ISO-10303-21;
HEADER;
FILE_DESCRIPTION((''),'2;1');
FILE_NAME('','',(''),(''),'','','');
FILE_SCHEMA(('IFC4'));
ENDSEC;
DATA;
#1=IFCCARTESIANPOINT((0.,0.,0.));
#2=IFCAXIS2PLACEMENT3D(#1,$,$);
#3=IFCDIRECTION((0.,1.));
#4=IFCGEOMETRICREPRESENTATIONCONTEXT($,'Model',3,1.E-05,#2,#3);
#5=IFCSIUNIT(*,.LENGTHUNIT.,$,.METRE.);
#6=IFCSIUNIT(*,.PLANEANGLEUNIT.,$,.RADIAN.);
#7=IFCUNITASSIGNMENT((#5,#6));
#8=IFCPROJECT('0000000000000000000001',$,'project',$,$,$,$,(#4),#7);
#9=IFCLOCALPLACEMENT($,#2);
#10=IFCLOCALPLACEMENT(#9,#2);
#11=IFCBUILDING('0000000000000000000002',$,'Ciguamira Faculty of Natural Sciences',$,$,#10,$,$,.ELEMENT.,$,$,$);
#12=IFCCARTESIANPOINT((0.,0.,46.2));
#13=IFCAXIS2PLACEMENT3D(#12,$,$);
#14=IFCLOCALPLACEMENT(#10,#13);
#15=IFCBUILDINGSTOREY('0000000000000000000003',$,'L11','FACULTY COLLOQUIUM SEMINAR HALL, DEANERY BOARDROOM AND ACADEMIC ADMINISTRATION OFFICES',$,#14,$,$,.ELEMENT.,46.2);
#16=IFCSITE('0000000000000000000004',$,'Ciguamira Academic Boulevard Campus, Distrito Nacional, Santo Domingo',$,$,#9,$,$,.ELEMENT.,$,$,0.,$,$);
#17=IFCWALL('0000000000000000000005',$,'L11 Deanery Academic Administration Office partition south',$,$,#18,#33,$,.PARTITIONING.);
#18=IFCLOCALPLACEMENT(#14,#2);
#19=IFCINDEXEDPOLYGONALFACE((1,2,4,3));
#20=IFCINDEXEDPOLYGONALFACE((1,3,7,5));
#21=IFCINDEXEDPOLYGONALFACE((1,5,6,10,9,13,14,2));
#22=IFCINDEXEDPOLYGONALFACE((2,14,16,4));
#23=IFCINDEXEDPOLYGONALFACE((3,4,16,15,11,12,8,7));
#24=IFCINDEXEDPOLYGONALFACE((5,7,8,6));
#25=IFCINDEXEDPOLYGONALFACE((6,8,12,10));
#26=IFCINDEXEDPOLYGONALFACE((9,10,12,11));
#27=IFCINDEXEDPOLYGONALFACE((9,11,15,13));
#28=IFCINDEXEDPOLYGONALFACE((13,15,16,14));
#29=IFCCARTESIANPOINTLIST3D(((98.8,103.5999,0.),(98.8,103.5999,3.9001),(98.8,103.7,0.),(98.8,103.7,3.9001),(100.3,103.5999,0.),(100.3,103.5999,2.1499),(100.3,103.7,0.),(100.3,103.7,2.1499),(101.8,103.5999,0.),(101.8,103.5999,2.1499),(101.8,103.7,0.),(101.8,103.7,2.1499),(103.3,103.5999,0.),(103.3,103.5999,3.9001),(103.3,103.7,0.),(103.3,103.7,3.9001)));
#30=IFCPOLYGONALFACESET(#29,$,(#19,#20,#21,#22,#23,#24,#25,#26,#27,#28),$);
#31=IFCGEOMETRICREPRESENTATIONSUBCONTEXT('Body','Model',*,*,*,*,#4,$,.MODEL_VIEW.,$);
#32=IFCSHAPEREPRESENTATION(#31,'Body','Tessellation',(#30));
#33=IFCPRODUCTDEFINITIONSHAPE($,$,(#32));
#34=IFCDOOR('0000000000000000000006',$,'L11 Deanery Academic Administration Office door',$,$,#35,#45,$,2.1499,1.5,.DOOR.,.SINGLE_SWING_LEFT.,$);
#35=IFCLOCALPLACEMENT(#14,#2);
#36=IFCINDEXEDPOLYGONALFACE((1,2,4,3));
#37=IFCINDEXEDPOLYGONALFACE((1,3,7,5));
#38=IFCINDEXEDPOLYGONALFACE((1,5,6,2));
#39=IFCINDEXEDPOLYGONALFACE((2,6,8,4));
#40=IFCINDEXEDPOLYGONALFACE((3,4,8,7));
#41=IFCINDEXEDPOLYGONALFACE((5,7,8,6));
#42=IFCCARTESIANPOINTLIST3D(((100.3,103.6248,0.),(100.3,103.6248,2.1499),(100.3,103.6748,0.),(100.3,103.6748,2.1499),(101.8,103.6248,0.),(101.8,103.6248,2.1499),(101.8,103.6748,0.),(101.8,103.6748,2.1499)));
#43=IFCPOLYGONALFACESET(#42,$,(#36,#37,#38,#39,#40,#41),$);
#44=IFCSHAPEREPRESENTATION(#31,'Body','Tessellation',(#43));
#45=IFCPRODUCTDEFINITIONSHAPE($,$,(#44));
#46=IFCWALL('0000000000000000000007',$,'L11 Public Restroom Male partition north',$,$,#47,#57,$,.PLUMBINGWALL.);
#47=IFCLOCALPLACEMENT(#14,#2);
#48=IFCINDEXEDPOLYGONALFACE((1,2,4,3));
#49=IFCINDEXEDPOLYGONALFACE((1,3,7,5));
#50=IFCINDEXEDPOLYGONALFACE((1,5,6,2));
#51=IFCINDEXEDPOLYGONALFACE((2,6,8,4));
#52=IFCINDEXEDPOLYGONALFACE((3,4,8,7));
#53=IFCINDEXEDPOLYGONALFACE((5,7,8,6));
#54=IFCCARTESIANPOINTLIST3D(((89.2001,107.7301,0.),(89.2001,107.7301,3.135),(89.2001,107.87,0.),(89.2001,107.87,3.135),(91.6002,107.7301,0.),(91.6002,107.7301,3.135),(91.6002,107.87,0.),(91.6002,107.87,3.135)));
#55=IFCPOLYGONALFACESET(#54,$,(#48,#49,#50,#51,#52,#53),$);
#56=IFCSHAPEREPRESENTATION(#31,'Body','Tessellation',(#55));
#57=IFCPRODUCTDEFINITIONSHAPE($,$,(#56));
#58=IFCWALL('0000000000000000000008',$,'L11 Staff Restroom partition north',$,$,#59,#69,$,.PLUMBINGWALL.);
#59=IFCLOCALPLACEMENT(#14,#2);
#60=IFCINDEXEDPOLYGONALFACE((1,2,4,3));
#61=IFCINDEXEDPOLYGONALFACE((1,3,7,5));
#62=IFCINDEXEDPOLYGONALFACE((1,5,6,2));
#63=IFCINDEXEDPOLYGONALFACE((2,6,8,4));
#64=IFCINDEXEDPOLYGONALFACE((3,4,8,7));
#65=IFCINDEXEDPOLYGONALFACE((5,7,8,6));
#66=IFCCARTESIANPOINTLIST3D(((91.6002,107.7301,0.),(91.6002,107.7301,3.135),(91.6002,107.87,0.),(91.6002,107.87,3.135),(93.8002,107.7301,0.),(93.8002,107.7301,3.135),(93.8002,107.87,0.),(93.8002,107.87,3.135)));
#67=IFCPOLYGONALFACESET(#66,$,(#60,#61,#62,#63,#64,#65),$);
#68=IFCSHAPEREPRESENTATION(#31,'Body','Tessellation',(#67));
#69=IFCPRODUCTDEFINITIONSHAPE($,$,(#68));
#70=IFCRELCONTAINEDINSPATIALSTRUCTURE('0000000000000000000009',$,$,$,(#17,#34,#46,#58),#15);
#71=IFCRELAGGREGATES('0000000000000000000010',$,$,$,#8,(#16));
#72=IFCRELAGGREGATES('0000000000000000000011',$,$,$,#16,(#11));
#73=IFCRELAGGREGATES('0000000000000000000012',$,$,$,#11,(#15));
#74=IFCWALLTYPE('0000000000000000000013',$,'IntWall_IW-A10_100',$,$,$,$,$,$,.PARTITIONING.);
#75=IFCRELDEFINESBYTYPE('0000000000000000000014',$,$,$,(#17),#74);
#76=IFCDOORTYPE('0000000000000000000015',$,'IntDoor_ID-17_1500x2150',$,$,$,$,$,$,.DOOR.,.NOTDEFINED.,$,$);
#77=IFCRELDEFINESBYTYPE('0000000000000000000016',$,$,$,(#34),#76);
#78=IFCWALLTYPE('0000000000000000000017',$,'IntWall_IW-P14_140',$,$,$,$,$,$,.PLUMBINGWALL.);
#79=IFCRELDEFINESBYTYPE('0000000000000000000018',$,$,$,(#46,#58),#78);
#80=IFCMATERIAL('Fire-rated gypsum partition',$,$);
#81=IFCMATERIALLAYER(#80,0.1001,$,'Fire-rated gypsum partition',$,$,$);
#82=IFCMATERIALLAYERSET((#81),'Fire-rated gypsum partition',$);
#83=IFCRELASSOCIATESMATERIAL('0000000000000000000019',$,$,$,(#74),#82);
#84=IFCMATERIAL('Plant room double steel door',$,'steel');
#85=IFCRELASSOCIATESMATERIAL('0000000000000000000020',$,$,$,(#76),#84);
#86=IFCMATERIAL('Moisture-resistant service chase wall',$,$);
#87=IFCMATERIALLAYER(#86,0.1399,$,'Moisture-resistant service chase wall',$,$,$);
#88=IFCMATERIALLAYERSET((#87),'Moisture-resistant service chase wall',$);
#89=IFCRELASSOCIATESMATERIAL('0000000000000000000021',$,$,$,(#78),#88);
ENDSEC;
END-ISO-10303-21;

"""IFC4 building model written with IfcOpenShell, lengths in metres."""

from ifc_helpers import new_model, si_unit, direction, frame, frame_2d, origin, place, context, subcontext, project, spatial, rectangle, extrude, material, layer, layer_set, type_object, element, fill, save


model = new_model("IFC4")

# Units and contexts
model_context = context("Model", 3, precision=1e-05, world=origin(), true_north=direction((0.0, 1.0)))
body_context = subcontext(model_context, "Body", "Model", "MODEL_VIEW")
ifc_project = project(units=[si_unit("LENGTHUNIT", "METRE"), si_unit("PLANEANGLEUNIT", "RADIAN")], contexts=[model_context])

# Site, building, storey
site_placement = place(None, origin())
site = spatial("IfcSite", under=ifc_project, at=site_placement, Name="Ciguamira Academic Boulevard Campus, Distrito Nacional, Santo Domingo", CompositionType="ELEMENT", RefElevation=0.0)
building_placement = place(site_placement, origin())
building = spatial("IfcBuilding", under=site, at=building_placement, Name="Ciguamira Faculty of Natural Sciences", CompositionType="ELEMENT")
storey_placement = place(building_placement, frame((0.0, 0.0, 46.2)))
storey = spatial("IfcBuildingStorey", under=building, at=storey_placement, Name="L11", Description="FACULTY COLLOQUIUM SEMINAR HALL, DEANERY BOARDROOM AND ACADEMIC ADMINISTRATION OFFICES", CompositionType="ELEMENT", Elevation=46.2)

# Shared definitions
ifc_material_1 = material(Name="Fire-rated gypsum partition")
ifc_layer_1 = layer(ifc_material_1, 0.1001, Name="Fire-rated gypsum partition")
ifc_layer_set_1 = layer_set([ifc_layer_1], Name="Fire-rated gypsum partition")
wall_type_1 = type_object("IfcWallType", Name="IntWall_IW-A10_100", PredefinedType="PARTITIONING", material=ifc_layer_set_1)

# Wall, opening, door
wall_1_placement = place(storey_placement, frame((98.8, 103.6499, 0.0), z_axis=(0.0, 0.0, 1.0), x_axis=(1.0, 0.0, 0.0)))
wall_1 = element("IfcWall", 1, at=wall_1_placement, inside=storey, type_object=wall_type_1, Name="L11 Deanery Academic Administration Office partition south", PredefinedType="PARTITIONING", context=body_context, shape_type="SweptSolid", body=[
    extrude(rectangle(XDim=4.5, YDim=0.1001, at=frame_2d((2.25, 0.0))), origin(), (0.0, 0.0, 1.0), 3.9001),
])
opening_1_placement = place(wall_1_placement, frame((1.5, 0.0, 0.0)))
opening_1 = element("IfcOpeningElement", 2, at=opening_1_placement, cuts=wall_1, PredefinedType="OPENING", context=body_context, shape_type="SweptSolid", body=[
    extrude(rectangle(XDim=1.5, YDim=2.1499, at=frame_2d((0.75, 1.075))), frame((0.0, 0.0601, 0.0), z_axis=(0.0, -1.0, 0.0), x_axis=(1.0, 0.0, 0.0)), (0.0, 0.0, 1.0), 0.1201),
])
ifc_material_2 = material(Name="Plant room double steel door", Category="steel")
door_type_1 = type_object("IfcDoorType", Name="IntDoor_ID-17_1500x2150", OperationType="NOTDEFINED", PredefinedType="DOOR", material=ifc_material_2)
door_1_placement = place(opening_1_placement, origin())
door_1 = element("IfcDoor", 3, at=door_1_placement, inside=storey, type_object=door_type_1, Name="L11 Deanery Academic Administration Office door", OperationType="SINGLE_SWING_LEFT", OverallHeight=2.1499, OverallWidth=1.5, PredefinedType="DOOR", context=body_context, shape_type="SweptSolid", body=[
    extrude(rectangle(XDim=1.5, YDim=2.1499, at=frame_2d((0.75, 1.075))), frame((0.0, 0.0249, 0.0), z_axis=(0.0, -1.0, 0.0), x_axis=(1.0, 0.0, 0.0)), (0.0, 0.0, 1.0), 0.05),
])
fill(opening_1, door_1)

# Walls
ifc_material_3 = material(Name="Moisture-resistant service chase wall")
ifc_layer_2 = layer(ifc_material_3, 0.1399, Name="Moisture-resistant service chase wall")
ifc_layer_set_2 = layer_set([ifc_layer_2], Name="Moisture-resistant service chase wall")
wall_type_2 = type_object("IfcWallType", Name="IntWall_IW-P14_140", PredefinedType="PLUMBINGWALL", material=ifc_layer_set_2)
wall_2_placement = place(storey_placement, frame((89.2, 107.8, 0.0), z_axis=(0.0, 0.0, 1.0), x_axis=(1.0, 0.0, 0.0)))
element("IfcWall", 4, at=wall_2_placement, inside=storey, type_object=wall_type_2, Name="L11 Public Restroom Male partition north", PredefinedType="PLUMBINGWALL", context=body_context, shape_type="SweptSolid", body=[
    extrude(rectangle(XDim=2.4001, YDim=0.1399, at=frame_2d((1.2002, 0.0))), origin(), (0.0, 0.0, 1.0), 3.135),
])
wall_3_placement = place(storey_placement, frame((91.6001, 107.8, 0.0), z_axis=(0.0, 0.0, 1.0), x_axis=(1.0, 0.0, 0.0)))
element("IfcWall", 5, at=wall_3_placement, inside=storey, type_object=wall_type_2, Name="L11 Staff Restroom partition north", PredefinedType="PLUMBINGWALL", context=body_context, shape_type="SweptSolid", body=[
    extrude(rectangle(XDim=2.2, YDim=0.1399, at=frame_2d((1.1001, 0.0))), origin(), (0.0, 0.0, 1.0), 3.135),
])

save(model, "model.ifc")
